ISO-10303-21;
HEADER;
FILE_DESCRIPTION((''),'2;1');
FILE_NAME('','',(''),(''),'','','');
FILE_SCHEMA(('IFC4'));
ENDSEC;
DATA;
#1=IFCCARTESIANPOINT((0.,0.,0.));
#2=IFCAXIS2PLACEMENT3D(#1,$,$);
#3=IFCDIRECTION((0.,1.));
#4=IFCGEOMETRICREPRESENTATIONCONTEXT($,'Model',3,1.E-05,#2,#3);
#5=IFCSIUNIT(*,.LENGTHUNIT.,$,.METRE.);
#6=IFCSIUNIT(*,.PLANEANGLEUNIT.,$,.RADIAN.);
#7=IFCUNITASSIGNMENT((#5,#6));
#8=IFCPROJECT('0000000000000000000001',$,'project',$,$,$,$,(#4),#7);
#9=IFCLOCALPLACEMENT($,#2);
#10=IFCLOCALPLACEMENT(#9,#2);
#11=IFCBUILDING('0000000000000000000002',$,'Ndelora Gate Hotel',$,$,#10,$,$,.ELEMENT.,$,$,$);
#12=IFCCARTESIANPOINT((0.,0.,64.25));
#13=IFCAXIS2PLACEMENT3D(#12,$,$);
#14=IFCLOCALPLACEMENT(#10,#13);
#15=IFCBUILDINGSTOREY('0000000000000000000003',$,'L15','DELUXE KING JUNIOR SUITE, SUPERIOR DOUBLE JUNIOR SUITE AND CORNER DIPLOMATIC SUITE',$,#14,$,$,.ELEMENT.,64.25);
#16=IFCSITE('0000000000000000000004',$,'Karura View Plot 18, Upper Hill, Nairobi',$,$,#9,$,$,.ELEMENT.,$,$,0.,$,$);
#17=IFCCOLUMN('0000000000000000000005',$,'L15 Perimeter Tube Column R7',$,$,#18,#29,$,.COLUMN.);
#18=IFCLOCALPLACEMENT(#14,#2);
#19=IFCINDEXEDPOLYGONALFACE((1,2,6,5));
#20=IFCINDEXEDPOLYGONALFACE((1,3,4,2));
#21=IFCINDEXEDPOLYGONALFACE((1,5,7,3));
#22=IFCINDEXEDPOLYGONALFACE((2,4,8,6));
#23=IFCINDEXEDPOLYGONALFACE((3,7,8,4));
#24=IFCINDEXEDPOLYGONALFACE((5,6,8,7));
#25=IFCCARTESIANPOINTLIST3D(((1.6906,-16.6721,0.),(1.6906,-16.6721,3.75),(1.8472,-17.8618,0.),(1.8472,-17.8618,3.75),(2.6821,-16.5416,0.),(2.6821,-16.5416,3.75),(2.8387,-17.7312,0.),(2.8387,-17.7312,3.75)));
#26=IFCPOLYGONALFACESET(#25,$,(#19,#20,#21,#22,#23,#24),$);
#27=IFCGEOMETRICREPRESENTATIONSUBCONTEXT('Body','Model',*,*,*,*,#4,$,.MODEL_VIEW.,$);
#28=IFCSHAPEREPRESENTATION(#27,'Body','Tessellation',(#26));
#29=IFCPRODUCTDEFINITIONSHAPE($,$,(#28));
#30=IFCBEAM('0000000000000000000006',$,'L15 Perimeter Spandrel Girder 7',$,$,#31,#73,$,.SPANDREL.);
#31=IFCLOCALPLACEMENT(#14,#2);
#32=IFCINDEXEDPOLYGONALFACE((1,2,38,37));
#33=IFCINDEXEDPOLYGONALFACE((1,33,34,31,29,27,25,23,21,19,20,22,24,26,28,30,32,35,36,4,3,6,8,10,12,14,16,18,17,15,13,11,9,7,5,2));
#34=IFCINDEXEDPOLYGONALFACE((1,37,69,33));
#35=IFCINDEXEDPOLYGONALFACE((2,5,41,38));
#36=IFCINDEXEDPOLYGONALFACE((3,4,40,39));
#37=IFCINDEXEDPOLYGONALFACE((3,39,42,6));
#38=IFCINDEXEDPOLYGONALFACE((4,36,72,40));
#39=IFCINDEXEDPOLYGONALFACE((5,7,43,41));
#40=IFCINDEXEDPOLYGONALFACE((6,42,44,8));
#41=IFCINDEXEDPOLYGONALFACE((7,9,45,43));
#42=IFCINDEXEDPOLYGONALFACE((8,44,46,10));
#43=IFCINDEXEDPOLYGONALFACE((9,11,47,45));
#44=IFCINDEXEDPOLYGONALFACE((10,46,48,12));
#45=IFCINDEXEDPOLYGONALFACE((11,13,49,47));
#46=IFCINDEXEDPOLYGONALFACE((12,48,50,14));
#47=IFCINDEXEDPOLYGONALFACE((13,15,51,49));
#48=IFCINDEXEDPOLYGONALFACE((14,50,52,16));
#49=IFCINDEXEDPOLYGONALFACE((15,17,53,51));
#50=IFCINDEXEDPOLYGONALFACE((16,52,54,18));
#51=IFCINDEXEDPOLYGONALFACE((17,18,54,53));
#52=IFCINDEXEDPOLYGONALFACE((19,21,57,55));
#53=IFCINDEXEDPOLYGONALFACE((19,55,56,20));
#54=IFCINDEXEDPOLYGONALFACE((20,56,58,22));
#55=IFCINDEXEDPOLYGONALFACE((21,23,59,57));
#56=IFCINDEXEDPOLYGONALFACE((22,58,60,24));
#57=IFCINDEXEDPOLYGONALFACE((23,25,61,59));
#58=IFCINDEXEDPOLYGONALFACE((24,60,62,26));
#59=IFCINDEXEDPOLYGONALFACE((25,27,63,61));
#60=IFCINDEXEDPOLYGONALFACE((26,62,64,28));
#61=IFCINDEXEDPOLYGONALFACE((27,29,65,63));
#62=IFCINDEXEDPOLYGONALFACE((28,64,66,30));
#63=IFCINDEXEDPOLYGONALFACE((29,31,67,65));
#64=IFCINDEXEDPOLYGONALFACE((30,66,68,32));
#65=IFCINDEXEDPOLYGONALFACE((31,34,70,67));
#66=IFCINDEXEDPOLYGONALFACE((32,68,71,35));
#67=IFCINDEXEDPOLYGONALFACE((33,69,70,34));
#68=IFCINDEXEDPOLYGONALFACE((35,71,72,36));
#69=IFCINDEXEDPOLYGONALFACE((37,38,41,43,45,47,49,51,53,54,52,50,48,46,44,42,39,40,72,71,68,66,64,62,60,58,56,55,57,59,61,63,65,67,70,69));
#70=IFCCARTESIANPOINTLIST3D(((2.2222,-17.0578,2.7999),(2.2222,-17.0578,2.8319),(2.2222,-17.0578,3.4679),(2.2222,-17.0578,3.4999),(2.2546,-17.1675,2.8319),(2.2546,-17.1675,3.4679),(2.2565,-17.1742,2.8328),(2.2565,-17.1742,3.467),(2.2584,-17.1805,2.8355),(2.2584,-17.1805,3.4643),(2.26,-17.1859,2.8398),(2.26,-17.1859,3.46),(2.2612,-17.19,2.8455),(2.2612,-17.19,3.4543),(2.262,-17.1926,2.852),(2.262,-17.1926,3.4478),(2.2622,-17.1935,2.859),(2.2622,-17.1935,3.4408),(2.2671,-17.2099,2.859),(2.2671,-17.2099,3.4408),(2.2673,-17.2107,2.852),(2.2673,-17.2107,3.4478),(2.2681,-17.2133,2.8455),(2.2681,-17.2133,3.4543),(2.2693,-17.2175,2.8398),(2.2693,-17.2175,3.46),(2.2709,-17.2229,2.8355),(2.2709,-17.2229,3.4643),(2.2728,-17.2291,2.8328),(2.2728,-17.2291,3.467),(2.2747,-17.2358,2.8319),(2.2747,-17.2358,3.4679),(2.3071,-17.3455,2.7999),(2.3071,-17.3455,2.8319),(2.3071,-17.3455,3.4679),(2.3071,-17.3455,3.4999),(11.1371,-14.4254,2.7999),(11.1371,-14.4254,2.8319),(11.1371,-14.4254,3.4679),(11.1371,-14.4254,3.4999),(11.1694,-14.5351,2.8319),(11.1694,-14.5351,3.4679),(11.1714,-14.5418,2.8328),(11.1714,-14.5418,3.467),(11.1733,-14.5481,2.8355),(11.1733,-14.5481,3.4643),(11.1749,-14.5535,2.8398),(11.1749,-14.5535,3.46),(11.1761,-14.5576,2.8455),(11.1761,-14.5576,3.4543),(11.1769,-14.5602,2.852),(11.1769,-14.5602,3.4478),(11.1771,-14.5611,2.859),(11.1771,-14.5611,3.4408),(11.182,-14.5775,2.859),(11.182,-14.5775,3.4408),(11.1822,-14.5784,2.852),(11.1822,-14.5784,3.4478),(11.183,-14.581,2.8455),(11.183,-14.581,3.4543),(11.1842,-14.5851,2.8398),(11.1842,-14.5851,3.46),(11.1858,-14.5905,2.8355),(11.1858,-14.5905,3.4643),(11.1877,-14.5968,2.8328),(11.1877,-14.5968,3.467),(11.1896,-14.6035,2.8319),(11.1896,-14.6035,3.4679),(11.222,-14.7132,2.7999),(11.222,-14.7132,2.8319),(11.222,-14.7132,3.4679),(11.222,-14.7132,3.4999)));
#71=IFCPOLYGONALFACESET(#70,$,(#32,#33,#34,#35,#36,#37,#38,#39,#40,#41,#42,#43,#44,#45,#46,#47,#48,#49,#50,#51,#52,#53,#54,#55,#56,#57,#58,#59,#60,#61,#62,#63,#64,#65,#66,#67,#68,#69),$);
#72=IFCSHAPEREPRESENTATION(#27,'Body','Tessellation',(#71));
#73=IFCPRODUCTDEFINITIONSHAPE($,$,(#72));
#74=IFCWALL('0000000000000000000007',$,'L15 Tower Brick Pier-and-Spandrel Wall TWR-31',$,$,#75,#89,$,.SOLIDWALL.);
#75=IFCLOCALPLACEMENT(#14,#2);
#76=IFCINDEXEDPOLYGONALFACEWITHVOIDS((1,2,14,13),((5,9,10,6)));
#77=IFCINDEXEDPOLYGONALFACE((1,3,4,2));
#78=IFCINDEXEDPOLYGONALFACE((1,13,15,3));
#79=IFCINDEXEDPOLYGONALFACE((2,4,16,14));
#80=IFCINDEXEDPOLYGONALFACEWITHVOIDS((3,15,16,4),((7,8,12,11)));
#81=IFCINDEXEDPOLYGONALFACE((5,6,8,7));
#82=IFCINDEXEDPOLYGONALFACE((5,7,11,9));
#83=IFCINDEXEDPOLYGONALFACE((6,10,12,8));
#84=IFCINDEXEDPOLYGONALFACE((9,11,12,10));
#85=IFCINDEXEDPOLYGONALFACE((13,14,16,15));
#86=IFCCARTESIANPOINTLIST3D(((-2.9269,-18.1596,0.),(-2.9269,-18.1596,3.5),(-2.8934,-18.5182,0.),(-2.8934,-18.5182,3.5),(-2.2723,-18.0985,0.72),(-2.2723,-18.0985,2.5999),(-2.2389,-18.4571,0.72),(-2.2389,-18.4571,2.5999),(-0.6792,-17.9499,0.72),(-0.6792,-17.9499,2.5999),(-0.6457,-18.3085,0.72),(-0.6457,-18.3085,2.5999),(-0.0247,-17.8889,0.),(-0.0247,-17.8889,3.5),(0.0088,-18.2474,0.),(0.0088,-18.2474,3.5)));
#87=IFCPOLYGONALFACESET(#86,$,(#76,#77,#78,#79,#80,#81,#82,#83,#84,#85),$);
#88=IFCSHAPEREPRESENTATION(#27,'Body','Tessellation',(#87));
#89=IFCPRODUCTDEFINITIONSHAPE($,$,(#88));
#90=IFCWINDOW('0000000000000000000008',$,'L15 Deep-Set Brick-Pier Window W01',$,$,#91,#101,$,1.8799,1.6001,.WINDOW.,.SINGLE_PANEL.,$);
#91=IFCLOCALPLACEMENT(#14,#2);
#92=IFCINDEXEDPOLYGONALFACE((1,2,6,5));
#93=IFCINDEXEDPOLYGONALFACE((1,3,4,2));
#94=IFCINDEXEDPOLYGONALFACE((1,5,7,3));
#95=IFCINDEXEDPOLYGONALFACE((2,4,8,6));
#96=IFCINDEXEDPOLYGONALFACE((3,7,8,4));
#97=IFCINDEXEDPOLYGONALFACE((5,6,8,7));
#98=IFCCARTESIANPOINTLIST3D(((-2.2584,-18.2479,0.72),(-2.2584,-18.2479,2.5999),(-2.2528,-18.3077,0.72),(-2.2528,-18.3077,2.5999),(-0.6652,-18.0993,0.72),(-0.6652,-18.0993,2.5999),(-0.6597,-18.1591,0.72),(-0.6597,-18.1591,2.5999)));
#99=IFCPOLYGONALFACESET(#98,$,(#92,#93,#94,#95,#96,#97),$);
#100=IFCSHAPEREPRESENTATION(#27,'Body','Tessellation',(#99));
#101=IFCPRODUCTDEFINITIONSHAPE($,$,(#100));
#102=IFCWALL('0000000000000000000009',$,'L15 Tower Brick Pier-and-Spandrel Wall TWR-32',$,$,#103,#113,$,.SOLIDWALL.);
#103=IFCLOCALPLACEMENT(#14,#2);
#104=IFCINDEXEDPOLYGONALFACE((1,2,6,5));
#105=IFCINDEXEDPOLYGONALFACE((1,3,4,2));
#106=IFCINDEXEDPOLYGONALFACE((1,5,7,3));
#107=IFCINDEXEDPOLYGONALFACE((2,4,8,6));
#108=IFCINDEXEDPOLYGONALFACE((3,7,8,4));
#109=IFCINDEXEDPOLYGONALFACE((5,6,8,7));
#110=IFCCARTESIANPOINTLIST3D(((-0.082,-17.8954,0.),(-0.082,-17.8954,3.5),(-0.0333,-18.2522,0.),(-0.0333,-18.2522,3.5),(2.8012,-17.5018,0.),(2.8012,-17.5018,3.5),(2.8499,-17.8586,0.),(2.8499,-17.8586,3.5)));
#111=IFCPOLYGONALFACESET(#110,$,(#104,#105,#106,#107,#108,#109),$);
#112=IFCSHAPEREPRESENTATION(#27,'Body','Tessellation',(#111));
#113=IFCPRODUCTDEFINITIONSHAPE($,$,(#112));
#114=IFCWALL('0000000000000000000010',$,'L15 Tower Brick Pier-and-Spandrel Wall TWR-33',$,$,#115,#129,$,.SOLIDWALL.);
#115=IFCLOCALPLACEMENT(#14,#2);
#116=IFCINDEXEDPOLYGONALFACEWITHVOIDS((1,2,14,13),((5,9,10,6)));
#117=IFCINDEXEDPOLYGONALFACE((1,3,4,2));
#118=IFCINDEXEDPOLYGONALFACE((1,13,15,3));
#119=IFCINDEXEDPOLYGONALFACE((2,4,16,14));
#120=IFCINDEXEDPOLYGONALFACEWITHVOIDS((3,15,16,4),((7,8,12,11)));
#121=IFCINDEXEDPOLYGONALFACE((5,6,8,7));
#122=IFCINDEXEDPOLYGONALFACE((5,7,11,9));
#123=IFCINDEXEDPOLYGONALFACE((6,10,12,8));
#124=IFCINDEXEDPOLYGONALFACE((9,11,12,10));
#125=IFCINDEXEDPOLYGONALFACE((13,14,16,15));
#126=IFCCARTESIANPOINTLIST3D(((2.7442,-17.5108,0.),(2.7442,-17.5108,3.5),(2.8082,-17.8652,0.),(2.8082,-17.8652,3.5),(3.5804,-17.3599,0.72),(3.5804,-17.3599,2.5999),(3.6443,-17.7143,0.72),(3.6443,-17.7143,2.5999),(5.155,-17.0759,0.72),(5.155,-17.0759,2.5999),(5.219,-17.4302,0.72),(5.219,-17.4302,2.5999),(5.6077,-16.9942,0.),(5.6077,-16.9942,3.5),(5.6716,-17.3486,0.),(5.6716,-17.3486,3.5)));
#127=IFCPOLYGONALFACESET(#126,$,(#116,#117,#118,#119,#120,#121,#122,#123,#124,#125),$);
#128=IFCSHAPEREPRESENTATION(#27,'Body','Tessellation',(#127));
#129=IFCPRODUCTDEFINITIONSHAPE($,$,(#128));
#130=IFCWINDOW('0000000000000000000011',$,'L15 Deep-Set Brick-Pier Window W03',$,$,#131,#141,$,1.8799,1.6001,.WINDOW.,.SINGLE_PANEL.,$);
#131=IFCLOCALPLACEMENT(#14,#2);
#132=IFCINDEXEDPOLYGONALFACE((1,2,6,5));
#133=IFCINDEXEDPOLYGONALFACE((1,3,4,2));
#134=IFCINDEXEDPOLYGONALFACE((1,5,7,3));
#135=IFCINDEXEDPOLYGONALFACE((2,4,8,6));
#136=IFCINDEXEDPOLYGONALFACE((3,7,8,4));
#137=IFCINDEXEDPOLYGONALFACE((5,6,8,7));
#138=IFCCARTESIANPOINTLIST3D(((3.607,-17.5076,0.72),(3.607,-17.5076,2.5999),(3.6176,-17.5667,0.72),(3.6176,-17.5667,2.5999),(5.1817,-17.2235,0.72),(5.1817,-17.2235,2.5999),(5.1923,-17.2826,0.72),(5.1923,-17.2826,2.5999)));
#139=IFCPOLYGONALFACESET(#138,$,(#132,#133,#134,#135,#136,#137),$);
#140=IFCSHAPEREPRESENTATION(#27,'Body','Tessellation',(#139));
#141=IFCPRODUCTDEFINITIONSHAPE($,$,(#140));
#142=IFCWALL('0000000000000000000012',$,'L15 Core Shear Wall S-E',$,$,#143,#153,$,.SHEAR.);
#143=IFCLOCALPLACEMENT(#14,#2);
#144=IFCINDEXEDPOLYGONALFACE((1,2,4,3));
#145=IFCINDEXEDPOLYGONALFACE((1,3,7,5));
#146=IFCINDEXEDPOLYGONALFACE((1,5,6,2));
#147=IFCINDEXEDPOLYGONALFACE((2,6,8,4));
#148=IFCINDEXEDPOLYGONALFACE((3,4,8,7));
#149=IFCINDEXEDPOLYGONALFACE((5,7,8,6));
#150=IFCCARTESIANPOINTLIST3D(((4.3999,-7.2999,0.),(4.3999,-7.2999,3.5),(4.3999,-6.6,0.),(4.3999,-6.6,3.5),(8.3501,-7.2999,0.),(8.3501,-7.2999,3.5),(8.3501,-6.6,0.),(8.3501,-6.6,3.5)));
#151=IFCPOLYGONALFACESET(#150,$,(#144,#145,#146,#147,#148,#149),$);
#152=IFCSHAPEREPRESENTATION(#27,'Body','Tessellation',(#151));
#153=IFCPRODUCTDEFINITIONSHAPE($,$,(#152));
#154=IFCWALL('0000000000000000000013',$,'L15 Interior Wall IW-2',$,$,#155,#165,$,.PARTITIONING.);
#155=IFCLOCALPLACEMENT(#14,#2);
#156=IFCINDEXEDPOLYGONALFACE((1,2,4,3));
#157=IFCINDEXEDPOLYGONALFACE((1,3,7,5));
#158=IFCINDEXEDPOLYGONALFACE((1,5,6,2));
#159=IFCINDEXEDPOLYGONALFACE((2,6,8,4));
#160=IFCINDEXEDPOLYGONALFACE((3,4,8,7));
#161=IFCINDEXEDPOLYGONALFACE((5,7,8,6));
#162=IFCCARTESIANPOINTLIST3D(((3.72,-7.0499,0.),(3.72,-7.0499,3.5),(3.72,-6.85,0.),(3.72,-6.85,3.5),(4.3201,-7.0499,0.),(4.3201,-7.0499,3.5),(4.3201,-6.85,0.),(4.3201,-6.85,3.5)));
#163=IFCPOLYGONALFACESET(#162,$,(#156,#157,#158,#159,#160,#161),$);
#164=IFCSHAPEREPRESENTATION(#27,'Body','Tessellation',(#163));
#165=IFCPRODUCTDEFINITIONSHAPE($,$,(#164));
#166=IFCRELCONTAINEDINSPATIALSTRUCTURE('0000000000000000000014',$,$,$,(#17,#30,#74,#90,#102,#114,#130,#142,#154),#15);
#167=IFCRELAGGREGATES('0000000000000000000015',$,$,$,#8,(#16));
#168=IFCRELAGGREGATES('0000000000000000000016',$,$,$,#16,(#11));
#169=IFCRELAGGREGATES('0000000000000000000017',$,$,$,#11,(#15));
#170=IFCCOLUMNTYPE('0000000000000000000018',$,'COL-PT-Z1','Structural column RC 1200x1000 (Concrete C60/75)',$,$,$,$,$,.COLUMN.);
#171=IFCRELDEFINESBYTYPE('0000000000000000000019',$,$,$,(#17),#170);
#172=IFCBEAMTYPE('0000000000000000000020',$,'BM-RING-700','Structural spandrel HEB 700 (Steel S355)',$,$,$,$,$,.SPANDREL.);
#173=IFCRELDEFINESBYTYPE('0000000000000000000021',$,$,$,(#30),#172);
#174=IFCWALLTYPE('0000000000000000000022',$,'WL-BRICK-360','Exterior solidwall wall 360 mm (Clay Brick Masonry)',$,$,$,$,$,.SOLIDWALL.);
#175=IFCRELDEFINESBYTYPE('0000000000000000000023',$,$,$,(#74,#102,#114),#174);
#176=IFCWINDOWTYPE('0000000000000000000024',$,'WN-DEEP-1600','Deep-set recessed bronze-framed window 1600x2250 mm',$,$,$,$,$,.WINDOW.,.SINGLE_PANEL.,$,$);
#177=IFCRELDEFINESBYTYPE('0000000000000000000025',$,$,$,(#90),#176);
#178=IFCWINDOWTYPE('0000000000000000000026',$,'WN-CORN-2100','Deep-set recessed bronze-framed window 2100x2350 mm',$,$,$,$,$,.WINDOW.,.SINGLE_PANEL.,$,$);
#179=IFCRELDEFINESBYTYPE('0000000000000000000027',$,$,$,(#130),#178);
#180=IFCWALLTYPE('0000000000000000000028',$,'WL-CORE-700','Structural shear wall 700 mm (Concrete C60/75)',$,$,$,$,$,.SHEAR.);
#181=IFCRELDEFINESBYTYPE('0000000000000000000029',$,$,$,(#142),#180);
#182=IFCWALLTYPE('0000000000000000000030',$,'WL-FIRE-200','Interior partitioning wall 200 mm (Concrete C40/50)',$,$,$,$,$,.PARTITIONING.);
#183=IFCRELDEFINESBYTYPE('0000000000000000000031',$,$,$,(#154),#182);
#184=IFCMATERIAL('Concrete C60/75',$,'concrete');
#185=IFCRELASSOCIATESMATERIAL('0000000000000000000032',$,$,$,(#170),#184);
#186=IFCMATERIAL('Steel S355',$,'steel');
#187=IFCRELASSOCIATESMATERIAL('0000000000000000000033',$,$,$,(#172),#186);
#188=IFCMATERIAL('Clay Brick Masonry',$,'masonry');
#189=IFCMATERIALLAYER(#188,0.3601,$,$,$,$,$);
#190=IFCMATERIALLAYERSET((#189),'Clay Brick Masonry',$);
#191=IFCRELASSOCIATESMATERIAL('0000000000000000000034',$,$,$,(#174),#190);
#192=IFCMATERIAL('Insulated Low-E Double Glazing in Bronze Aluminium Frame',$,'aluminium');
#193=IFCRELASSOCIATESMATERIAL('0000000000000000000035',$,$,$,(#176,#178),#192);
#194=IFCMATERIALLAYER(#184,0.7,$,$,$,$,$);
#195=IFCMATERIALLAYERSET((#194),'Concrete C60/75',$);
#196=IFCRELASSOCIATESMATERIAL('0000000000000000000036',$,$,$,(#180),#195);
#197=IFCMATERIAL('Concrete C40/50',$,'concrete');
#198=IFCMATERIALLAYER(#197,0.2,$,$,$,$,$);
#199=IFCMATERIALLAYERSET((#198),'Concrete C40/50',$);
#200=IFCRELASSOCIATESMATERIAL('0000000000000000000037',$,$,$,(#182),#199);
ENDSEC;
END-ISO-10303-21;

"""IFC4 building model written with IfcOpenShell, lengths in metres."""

from ifc_helpers import new_model, si_unit, direction, frame, frame_2d, origin, origin_2d, place, context, subcontext, project, spatial, rectangle, i_section, extrude, material, layer, layer_set, material_profile, profile_set, type_object, element, fill, save


model = new_model("IFC4")

# Units and contexts
model_context = context("Model", 3, precision=1e-05, world=origin(), true_north=direction((0.0, 1.0)))
body_context = subcontext(model_context, "Body", "Model", "MODEL_VIEW")
ifc_project = project(units=[si_unit("LENGTHUNIT", "METRE"), si_unit("PLANEANGLEUNIT", "RADIAN")], contexts=[model_context])

# Site, building, storey
site_placement = place(None, origin())
site = spatial("IfcSite", under=ifc_project, at=site_placement, Name="Karura View Plot 18, Upper Hill, Nairobi", CompositionType="ELEMENT", RefElevation=0.0)
building_placement = place(site_placement, origin())
building = spatial("IfcBuilding", under=site, at=building_placement, Name="Ndelora Gate Hotel", CompositionType="ELEMENT")
storey_placement = place(building_placement, frame((0.0, 0.0, 64.25)))
storey = spatial("IfcBuildingStorey", under=building, at=storey_placement, Name="L15", Description="DELUXE KING JUNIOR SUITE, SUPERIOR DOUBLE JUNIOR SUITE AND CORNER DIPLOMATIC SUITE", CompositionType="ELEMENT", Elevation=64.25)

# Column
ifc_material_1 = material(Name="Concrete C60/75", Category="concrete")
ifc_material_profile_1 = material_profile(ifc_material_1, rectangle(XDim=1.0, YDim=1.2, at=origin_2d()), Name="RC 1200x1000")
ifc_profile_set_1 = profile_set([ifc_material_profile_1], Name="Concrete C60/75")
column_type = type_object("IfcColumnType", Name="COL-PT-Z1", Description="Structural column RC 1200x1000 (Concrete C60/75)", PredefinedType="COLUMN", material=ifc_profile_set_1)
column_placement = place(storey_placement, frame((2.2646, -17.2017, 0.0), z_axis=(0.0, 0.0, 1.0), x_axis=(0.991445, 0.130526, 0.0)))
element("IfcColumn", 1, at=column_placement, inside=storey, type_object=column_type, Name="L15 Perimeter Tube Column R7", PredefinedType="COLUMN", context=body_context, shape_type="SweptSolid", body=[
    extrude(rectangle(XDim=1.0, YDim=1.2, at=origin_2d()), origin(), (0.0, 0.0, 1.0), 3.75),
])

# Beam
ifc_material_2 = material(Name="Steel S355", Category="steel")
ifc_material_profile_2 = material_profile(ifc_material_2, i_section(OverallWidth=0.3, OverallDepth=0.7, WebThickness=0.0171, FlangeThickness=0.032, FilletRadius=0.0271, at=origin_2d()), Name="HEB 700")
ifc_profile_set_2 = profile_set([ifc_material_profile_2], Name="Steel S355")
beam_type = type_object("IfcBeamType", Name="BM-RING-700", Description="Structural spandrel HEB 700 (Steel S355)", PredefinedType="SPANDREL", material=ifc_profile_set_2)
beam_placement = place(storey_placement, frame((2.2646, -17.2017, 3.1499), z_axis=(0.959064, 0.283189, 0.0), x_axis=(-0.283189, 0.959064, 0.0)))
element("IfcBeam", 2, at=beam_placement, inside=storey, type_object=beam_type, Name="L15 Perimeter Spandrel Girder 7", PredefinedType="SPANDREL", context=body_context, shape_type="SweptSolid", body=[
    extrude(i_section(OverallWidth=0.3, OverallDepth=0.7, WebThickness=0.0171, FlangeThickness=0.032, FilletRadius=0.0271, at=origin_2d()), origin(), (0.0, 0.0, 1.0), 9.2954),
])

# Wall, opening, window
ifc_material_3 = material(Name="Clay Brick Masonry", Category="masonry")
ifc_layer_1 = layer(ifc_material_3, 0.3601)
ifc_layer_set_1 = layer_set([ifc_layer_1], Name="Clay Brick Masonry")
wall_type_1 = type_object("IfcWallType", Name="WL-BRICK-360", Description="Exterior solidwall wall 360 mm (Clay Brick Masonry)", PredefinedType="SOLIDWALL", material=ifc_layer_set_1)
wall_1_placement = place(storey_placement, frame((-0.0078, -18.0681, 0.0), z_axis=(0.0, 0.0, 1.0), x_axis=(-0.995676, -0.092892, 0.0)))
wall_1 = element("IfcWall", 3, at=wall_1_placement, inside=storey, type_object=wall_type_1, Name="L15 Tower Brick Pier-and-Spandrel Wall TWR-31", PredefinedType="SOLIDWALL", context=body_context, shape_type="SweptSolid", body=[
    extrude(rectangle(XDim=2.9148, YDim=0.3601, at=frame_2d((1.4575, 0.0))), origin(), (0.0, 0.0, 1.0), 3.5),
])
opening_1_placement = place(wall_1_placement, frame((0.6575, 0.0, 0.72)))
opening_1 = element("IfcOpeningElement", 4, at=opening_1_placement, cuts=wall_1, PredefinedType="OPENING", context=body_context, shape_type="SweptSolid", body=[
    extrude(rectangle(XDim=1.6001, YDim=1.8799, at=frame_2d((0.8, 0.9399))), frame((0.0, 0.1899, 0.0), z_axis=(0.0, -1.0, 0.0), x_axis=(1.0, 0.0, 0.0)), (0.0, 0.0, 1.0), 0.3801),
])
ifc_material_4 = material(Name="Insulated Low-E Double Glazing in Bronze Aluminium Frame", Category="aluminium")
window_type_1 = type_object("IfcWindowType", Name="WN-DEEP-1600", Description="Deep-set recessed bronze-framed window 1600x2250 mm", PartitioningType="SINGLE_PANEL", PredefinedType="WINDOW", material=ifc_material_4)
window_1_placement = place(opening_1_placement, origin())
window_1 = element("IfcWindow", 5, at=window_1_placement, inside=storey, type_object=window_type_1, Name="L15 Deep-Set Brick-Pier Window W01", OverallHeight=1.8799, OverallWidth=1.6001, PartitioningType="SINGLE_PANEL", PredefinedType="WINDOW", context=body_context, shape_type="SweptSolid", body=[
    extrude(rectangle(XDim=1.6001, YDim=1.8799, at=frame_2d((0.8, 0.9399))), frame((0.0, 0.03, 0.0), z_axis=(0.0, -1.0, 0.0), x_axis=(1.0, 0.0, 0.0)), (0.0, 0.0, 1.0), 0.0601),
])
fill(opening_1, window_1)

# Wall
wall_2_placement = place(storey_placement, frame((2.8257, -17.6802, 0.0), z_axis=(0.0, 0.0, 1.0), x_axis=(-0.990811, -0.135252, 0.0)))
element("IfcWall", 6, at=wall_2_placement, inside=storey, type_object=wall_type_1, Name="L15 Tower Brick Pier-and-Spandrel Wall TWR-32", PredefinedType="SOLIDWALL", context=body_context, shape_type="SweptSolid", body=[
    extrude(rectangle(XDim=2.9099, YDim=0.3601, at=frame_2d((1.4551, 0.0))), origin(), (0.0, 0.0, 1.0), 3.5),
])

# Wall, opening, window
wall_3_placement = place(storey_placement, frame((5.6396, -17.1714, 0.0), z_axis=(0.0, 0.0, 1.0), x_axis=(-0.984113, -0.177541, 0.0)))
wall_3 = element("IfcWall", 7, at=wall_3_placement, inside=storey, type_object=wall_type_1, Name="L15 Tower Brick Pier-and-Spandrel Wall TWR-33", PredefinedType="SOLIDWALL", context=body_context, shape_type="SweptSolid", body=[
    extrude(rectangle(XDim=2.9097, YDim=0.3601, at=frame_2d((1.4548, 0.0))), origin(), (0.0, 0.0, 1.0), 3.5),
])
opening_2_placement = place(wall_3_placement, frame((0.46, 0.0, 0.72)))
opening_2 = element("IfcOpeningElement", 8, at=opening_2_placement, cuts=wall_3, PredefinedType="OPENING", context=body_context, shape_type="SweptSolid", body=[
    extrude(rectangle(XDim=1.6001, YDim=1.8799, at=frame_2d((0.8, 0.9399))), frame((0.0, 0.1899, 0.0), z_axis=(0.0, -1.0, 0.0), x_axis=(1.0, 0.0, 0.0)), (0.0, 0.0, 1.0), 0.3801),
])
window_type_2 = type_object("IfcWindowType", Name="WN-CORN-2100", Description="Deep-set recessed bronze-framed window 2100x2350 mm", PartitioningType="SINGLE_PANEL", PredefinedType="WINDOW", material=ifc_material_4)
window_2_placement = place(opening_2_placement, origin())
window_2 = element("IfcWindow", 9, at=window_2_placement, inside=storey, type_object=window_type_2, Name="L15 Deep-Set Brick-Pier Window W03", OverallHeight=1.8799, OverallWidth=1.6001, PartitioningType="SINGLE_PANEL", PredefinedType="WINDOW", context=body_context, shape_type="SweptSolid", body=[
    extrude(rectangle(XDim=1.6001, YDim=1.8799, at=frame_2d((0.8, 0.9399))), frame((0.0, 0.03, 0.0), z_axis=(0.0, -1.0, 0.0), x_axis=(1.0, 0.0, 0.0)), (0.0, 0.0, 1.0), 0.0601),
])
fill(opening_2, window_2)

# Walls
ifc_layer_2 = layer(ifc_material_1, 0.7)
ifc_layer_set_2 = layer_set([ifc_layer_2], Name="Concrete C60/75")
wall_type_2 = type_object("IfcWallType", Name="WL-CORE-700", Description="Structural shear wall 700 mm (Concrete C60/75)", PredefinedType="SHEAR", material=ifc_layer_set_2)
wall_4_placement = place(storey_placement, frame((4.3999, -6.95, 0.0), z_axis=(0.0, 0.0, 1.0), x_axis=(1.0, 0.0, 0.0)))
element("IfcWall", 10, at=wall_4_placement, inside=storey, type_object=wall_type_2, Name="L15 Core Shear Wall S-E", PredefinedType="SHEAR", context=body_context, shape_type="SweptSolid", body=[
    extrude(rectangle(XDim=3.9502, YDim=0.7, at=frame_2d((1.9751, 0.0))), origin(), (0.0, 0.0, 1.0), 3.5),
])
ifc_material_5 = material(Name="Concrete C40/50", Category="concrete")
ifc_layer_3 = layer(ifc_material_5, 0.2)
ifc_layer_set_3 = layer_set([ifc_layer_3], Name="Concrete C40/50")
wall_type_3 = type_object("IfcWallType", Name="WL-FIRE-200", Description="Interior partitioning wall 200 mm (Concrete C40/50)", PredefinedType="PARTITIONING", material=ifc_layer_set_3)
wall_5_placement = place(storey_placement, frame((3.72, -6.95, 0.0), z_axis=(0.0, 0.0, 1.0), x_axis=(1.0, 0.0, 0.0)))
element("IfcWall", 11, at=wall_5_placement, inside=storey, type_object=wall_type_3, Name="L15 Interior Wall IW-2", PredefinedType="PARTITIONING", context=body_context, shape_type="SweptSolid", body=[
    extrude(rectangle(XDim=0.6001, YDim=0.2, at=frame_2d((0.3, 0.0))), origin(), (0.0, 0.0, 1.0), 3.5),
])

save(model, "model.ifc")
